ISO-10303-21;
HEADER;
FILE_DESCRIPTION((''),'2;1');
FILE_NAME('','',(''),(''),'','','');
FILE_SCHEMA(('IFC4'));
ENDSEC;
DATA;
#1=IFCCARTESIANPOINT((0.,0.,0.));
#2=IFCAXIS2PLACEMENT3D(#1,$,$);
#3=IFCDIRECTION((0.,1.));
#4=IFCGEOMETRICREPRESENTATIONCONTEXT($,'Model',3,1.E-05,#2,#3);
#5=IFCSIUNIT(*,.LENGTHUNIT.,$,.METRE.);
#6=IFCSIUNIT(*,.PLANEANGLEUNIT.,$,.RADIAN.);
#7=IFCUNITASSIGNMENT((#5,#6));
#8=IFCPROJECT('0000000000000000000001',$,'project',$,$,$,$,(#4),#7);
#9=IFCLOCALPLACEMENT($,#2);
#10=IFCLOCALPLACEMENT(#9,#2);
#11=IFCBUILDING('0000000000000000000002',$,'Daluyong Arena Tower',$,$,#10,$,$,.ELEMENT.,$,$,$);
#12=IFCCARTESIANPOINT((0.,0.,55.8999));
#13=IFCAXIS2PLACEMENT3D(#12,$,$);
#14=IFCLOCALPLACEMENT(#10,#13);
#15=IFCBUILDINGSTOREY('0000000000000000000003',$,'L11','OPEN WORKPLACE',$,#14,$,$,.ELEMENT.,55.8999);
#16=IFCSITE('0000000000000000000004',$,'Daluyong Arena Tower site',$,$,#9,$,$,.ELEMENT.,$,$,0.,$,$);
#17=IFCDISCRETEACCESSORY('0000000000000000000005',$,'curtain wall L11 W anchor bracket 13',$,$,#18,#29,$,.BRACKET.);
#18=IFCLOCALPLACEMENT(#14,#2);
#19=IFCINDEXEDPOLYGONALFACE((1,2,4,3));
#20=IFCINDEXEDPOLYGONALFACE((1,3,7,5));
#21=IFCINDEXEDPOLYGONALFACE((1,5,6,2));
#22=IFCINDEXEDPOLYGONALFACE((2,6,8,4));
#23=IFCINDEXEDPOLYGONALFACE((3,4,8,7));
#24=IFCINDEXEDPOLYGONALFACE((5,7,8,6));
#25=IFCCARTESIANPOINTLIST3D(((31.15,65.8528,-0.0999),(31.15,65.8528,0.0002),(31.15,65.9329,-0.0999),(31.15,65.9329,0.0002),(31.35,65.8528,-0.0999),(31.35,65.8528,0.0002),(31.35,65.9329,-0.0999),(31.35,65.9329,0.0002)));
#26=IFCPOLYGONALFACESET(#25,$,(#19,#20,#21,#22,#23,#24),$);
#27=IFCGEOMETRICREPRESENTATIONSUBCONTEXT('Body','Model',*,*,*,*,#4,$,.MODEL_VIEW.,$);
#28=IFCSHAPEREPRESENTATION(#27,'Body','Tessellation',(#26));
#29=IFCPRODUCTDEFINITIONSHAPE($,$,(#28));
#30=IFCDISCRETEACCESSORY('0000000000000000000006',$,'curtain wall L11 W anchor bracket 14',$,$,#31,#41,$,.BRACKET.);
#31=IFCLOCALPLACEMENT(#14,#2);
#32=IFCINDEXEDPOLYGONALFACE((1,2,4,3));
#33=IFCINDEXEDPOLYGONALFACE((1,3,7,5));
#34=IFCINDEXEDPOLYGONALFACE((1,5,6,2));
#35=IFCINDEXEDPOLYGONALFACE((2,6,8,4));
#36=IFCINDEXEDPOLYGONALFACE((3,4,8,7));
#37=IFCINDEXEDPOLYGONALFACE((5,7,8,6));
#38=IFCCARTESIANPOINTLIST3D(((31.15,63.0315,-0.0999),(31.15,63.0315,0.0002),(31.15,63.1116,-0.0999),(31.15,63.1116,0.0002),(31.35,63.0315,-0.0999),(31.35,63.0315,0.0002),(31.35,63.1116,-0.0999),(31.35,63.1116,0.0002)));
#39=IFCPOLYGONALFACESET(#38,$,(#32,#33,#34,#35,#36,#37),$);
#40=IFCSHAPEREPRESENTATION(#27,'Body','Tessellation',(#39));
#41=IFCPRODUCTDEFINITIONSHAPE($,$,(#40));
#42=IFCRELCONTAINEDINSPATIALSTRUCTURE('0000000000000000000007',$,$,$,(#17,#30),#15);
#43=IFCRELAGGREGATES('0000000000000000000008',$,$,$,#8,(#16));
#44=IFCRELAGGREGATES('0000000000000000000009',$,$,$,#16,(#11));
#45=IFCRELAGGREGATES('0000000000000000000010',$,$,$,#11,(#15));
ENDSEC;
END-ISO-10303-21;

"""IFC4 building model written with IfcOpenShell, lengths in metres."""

from ifc_helpers import new_model, si_unit, direction, frame, origin, origin_2d, place, context, subcontext, project, spatial, rectangle, extrude, element, save


model = new_model("IFC4")

# Units and contexts
model_context = context("Model", 3, precision=1e-05, world=origin(), true_north=direction((0.0, 1.0)))
body_context = subcontext(model_context, "Body", "Model", "MODEL_VIEW")
ifc_project = project(units=[si_unit("LENGTHUNIT", "METRE"), si_unit("PLANEANGLEUNIT", "RADIAN")], contexts=[model_context])

# Site, building, storey
site_placement = place(None, origin())
site = spatial("IfcSite", under=ifc_project, at=site_placement, Name="Daluyong Arena Tower site", CompositionType="ELEMENT", RefElevation=0.0)
building_placement = place(site_placement, origin())
building = spatial("IfcBuilding", under=site, at=building_placement, Name="Daluyong Arena Tower", CompositionType="ELEMENT")
storey_placement = place(building_placement, frame((0.0, 0.0, 55.8999)))
storey = spatial("IfcBuildingStorey", under=building, at=storey_placement, Name="L11", Description="OPEN WORKPLACE", CompositionType="ELEMENT", Elevation=55.8999)

# Discrete accessories
for number, where, z_axis, x_axis, name in (
    (1, (31.25, 65.8928, -0.0999), (0.0, 0.0, 1.0), (0.0, -1.0, 0.0), "curtain wall L11 W anchor bracket 13"),
    (2, (31.25, 63.0715, -0.0999), (0.0, 0.0, 1.0), (0.0, -1.0, 0.0), "curtain wall L11 W anchor bracket 14"),
):
    element("IfcDiscreteAccessory", number, at=place(storey_placement, frame(where, z_axis=z_axis, x_axis=x_axis)), inside=storey, Name=name, PredefinedType="BRACKET", context=body_context, shape_type="SweptSolid", body=[
        extrude(rectangle(XDim=0.0801, YDim=0.2, at=origin_2d()), origin(), (0.0, 0.0, 1.0), 0.1001),
    ])

save(model, "model.ifc")
